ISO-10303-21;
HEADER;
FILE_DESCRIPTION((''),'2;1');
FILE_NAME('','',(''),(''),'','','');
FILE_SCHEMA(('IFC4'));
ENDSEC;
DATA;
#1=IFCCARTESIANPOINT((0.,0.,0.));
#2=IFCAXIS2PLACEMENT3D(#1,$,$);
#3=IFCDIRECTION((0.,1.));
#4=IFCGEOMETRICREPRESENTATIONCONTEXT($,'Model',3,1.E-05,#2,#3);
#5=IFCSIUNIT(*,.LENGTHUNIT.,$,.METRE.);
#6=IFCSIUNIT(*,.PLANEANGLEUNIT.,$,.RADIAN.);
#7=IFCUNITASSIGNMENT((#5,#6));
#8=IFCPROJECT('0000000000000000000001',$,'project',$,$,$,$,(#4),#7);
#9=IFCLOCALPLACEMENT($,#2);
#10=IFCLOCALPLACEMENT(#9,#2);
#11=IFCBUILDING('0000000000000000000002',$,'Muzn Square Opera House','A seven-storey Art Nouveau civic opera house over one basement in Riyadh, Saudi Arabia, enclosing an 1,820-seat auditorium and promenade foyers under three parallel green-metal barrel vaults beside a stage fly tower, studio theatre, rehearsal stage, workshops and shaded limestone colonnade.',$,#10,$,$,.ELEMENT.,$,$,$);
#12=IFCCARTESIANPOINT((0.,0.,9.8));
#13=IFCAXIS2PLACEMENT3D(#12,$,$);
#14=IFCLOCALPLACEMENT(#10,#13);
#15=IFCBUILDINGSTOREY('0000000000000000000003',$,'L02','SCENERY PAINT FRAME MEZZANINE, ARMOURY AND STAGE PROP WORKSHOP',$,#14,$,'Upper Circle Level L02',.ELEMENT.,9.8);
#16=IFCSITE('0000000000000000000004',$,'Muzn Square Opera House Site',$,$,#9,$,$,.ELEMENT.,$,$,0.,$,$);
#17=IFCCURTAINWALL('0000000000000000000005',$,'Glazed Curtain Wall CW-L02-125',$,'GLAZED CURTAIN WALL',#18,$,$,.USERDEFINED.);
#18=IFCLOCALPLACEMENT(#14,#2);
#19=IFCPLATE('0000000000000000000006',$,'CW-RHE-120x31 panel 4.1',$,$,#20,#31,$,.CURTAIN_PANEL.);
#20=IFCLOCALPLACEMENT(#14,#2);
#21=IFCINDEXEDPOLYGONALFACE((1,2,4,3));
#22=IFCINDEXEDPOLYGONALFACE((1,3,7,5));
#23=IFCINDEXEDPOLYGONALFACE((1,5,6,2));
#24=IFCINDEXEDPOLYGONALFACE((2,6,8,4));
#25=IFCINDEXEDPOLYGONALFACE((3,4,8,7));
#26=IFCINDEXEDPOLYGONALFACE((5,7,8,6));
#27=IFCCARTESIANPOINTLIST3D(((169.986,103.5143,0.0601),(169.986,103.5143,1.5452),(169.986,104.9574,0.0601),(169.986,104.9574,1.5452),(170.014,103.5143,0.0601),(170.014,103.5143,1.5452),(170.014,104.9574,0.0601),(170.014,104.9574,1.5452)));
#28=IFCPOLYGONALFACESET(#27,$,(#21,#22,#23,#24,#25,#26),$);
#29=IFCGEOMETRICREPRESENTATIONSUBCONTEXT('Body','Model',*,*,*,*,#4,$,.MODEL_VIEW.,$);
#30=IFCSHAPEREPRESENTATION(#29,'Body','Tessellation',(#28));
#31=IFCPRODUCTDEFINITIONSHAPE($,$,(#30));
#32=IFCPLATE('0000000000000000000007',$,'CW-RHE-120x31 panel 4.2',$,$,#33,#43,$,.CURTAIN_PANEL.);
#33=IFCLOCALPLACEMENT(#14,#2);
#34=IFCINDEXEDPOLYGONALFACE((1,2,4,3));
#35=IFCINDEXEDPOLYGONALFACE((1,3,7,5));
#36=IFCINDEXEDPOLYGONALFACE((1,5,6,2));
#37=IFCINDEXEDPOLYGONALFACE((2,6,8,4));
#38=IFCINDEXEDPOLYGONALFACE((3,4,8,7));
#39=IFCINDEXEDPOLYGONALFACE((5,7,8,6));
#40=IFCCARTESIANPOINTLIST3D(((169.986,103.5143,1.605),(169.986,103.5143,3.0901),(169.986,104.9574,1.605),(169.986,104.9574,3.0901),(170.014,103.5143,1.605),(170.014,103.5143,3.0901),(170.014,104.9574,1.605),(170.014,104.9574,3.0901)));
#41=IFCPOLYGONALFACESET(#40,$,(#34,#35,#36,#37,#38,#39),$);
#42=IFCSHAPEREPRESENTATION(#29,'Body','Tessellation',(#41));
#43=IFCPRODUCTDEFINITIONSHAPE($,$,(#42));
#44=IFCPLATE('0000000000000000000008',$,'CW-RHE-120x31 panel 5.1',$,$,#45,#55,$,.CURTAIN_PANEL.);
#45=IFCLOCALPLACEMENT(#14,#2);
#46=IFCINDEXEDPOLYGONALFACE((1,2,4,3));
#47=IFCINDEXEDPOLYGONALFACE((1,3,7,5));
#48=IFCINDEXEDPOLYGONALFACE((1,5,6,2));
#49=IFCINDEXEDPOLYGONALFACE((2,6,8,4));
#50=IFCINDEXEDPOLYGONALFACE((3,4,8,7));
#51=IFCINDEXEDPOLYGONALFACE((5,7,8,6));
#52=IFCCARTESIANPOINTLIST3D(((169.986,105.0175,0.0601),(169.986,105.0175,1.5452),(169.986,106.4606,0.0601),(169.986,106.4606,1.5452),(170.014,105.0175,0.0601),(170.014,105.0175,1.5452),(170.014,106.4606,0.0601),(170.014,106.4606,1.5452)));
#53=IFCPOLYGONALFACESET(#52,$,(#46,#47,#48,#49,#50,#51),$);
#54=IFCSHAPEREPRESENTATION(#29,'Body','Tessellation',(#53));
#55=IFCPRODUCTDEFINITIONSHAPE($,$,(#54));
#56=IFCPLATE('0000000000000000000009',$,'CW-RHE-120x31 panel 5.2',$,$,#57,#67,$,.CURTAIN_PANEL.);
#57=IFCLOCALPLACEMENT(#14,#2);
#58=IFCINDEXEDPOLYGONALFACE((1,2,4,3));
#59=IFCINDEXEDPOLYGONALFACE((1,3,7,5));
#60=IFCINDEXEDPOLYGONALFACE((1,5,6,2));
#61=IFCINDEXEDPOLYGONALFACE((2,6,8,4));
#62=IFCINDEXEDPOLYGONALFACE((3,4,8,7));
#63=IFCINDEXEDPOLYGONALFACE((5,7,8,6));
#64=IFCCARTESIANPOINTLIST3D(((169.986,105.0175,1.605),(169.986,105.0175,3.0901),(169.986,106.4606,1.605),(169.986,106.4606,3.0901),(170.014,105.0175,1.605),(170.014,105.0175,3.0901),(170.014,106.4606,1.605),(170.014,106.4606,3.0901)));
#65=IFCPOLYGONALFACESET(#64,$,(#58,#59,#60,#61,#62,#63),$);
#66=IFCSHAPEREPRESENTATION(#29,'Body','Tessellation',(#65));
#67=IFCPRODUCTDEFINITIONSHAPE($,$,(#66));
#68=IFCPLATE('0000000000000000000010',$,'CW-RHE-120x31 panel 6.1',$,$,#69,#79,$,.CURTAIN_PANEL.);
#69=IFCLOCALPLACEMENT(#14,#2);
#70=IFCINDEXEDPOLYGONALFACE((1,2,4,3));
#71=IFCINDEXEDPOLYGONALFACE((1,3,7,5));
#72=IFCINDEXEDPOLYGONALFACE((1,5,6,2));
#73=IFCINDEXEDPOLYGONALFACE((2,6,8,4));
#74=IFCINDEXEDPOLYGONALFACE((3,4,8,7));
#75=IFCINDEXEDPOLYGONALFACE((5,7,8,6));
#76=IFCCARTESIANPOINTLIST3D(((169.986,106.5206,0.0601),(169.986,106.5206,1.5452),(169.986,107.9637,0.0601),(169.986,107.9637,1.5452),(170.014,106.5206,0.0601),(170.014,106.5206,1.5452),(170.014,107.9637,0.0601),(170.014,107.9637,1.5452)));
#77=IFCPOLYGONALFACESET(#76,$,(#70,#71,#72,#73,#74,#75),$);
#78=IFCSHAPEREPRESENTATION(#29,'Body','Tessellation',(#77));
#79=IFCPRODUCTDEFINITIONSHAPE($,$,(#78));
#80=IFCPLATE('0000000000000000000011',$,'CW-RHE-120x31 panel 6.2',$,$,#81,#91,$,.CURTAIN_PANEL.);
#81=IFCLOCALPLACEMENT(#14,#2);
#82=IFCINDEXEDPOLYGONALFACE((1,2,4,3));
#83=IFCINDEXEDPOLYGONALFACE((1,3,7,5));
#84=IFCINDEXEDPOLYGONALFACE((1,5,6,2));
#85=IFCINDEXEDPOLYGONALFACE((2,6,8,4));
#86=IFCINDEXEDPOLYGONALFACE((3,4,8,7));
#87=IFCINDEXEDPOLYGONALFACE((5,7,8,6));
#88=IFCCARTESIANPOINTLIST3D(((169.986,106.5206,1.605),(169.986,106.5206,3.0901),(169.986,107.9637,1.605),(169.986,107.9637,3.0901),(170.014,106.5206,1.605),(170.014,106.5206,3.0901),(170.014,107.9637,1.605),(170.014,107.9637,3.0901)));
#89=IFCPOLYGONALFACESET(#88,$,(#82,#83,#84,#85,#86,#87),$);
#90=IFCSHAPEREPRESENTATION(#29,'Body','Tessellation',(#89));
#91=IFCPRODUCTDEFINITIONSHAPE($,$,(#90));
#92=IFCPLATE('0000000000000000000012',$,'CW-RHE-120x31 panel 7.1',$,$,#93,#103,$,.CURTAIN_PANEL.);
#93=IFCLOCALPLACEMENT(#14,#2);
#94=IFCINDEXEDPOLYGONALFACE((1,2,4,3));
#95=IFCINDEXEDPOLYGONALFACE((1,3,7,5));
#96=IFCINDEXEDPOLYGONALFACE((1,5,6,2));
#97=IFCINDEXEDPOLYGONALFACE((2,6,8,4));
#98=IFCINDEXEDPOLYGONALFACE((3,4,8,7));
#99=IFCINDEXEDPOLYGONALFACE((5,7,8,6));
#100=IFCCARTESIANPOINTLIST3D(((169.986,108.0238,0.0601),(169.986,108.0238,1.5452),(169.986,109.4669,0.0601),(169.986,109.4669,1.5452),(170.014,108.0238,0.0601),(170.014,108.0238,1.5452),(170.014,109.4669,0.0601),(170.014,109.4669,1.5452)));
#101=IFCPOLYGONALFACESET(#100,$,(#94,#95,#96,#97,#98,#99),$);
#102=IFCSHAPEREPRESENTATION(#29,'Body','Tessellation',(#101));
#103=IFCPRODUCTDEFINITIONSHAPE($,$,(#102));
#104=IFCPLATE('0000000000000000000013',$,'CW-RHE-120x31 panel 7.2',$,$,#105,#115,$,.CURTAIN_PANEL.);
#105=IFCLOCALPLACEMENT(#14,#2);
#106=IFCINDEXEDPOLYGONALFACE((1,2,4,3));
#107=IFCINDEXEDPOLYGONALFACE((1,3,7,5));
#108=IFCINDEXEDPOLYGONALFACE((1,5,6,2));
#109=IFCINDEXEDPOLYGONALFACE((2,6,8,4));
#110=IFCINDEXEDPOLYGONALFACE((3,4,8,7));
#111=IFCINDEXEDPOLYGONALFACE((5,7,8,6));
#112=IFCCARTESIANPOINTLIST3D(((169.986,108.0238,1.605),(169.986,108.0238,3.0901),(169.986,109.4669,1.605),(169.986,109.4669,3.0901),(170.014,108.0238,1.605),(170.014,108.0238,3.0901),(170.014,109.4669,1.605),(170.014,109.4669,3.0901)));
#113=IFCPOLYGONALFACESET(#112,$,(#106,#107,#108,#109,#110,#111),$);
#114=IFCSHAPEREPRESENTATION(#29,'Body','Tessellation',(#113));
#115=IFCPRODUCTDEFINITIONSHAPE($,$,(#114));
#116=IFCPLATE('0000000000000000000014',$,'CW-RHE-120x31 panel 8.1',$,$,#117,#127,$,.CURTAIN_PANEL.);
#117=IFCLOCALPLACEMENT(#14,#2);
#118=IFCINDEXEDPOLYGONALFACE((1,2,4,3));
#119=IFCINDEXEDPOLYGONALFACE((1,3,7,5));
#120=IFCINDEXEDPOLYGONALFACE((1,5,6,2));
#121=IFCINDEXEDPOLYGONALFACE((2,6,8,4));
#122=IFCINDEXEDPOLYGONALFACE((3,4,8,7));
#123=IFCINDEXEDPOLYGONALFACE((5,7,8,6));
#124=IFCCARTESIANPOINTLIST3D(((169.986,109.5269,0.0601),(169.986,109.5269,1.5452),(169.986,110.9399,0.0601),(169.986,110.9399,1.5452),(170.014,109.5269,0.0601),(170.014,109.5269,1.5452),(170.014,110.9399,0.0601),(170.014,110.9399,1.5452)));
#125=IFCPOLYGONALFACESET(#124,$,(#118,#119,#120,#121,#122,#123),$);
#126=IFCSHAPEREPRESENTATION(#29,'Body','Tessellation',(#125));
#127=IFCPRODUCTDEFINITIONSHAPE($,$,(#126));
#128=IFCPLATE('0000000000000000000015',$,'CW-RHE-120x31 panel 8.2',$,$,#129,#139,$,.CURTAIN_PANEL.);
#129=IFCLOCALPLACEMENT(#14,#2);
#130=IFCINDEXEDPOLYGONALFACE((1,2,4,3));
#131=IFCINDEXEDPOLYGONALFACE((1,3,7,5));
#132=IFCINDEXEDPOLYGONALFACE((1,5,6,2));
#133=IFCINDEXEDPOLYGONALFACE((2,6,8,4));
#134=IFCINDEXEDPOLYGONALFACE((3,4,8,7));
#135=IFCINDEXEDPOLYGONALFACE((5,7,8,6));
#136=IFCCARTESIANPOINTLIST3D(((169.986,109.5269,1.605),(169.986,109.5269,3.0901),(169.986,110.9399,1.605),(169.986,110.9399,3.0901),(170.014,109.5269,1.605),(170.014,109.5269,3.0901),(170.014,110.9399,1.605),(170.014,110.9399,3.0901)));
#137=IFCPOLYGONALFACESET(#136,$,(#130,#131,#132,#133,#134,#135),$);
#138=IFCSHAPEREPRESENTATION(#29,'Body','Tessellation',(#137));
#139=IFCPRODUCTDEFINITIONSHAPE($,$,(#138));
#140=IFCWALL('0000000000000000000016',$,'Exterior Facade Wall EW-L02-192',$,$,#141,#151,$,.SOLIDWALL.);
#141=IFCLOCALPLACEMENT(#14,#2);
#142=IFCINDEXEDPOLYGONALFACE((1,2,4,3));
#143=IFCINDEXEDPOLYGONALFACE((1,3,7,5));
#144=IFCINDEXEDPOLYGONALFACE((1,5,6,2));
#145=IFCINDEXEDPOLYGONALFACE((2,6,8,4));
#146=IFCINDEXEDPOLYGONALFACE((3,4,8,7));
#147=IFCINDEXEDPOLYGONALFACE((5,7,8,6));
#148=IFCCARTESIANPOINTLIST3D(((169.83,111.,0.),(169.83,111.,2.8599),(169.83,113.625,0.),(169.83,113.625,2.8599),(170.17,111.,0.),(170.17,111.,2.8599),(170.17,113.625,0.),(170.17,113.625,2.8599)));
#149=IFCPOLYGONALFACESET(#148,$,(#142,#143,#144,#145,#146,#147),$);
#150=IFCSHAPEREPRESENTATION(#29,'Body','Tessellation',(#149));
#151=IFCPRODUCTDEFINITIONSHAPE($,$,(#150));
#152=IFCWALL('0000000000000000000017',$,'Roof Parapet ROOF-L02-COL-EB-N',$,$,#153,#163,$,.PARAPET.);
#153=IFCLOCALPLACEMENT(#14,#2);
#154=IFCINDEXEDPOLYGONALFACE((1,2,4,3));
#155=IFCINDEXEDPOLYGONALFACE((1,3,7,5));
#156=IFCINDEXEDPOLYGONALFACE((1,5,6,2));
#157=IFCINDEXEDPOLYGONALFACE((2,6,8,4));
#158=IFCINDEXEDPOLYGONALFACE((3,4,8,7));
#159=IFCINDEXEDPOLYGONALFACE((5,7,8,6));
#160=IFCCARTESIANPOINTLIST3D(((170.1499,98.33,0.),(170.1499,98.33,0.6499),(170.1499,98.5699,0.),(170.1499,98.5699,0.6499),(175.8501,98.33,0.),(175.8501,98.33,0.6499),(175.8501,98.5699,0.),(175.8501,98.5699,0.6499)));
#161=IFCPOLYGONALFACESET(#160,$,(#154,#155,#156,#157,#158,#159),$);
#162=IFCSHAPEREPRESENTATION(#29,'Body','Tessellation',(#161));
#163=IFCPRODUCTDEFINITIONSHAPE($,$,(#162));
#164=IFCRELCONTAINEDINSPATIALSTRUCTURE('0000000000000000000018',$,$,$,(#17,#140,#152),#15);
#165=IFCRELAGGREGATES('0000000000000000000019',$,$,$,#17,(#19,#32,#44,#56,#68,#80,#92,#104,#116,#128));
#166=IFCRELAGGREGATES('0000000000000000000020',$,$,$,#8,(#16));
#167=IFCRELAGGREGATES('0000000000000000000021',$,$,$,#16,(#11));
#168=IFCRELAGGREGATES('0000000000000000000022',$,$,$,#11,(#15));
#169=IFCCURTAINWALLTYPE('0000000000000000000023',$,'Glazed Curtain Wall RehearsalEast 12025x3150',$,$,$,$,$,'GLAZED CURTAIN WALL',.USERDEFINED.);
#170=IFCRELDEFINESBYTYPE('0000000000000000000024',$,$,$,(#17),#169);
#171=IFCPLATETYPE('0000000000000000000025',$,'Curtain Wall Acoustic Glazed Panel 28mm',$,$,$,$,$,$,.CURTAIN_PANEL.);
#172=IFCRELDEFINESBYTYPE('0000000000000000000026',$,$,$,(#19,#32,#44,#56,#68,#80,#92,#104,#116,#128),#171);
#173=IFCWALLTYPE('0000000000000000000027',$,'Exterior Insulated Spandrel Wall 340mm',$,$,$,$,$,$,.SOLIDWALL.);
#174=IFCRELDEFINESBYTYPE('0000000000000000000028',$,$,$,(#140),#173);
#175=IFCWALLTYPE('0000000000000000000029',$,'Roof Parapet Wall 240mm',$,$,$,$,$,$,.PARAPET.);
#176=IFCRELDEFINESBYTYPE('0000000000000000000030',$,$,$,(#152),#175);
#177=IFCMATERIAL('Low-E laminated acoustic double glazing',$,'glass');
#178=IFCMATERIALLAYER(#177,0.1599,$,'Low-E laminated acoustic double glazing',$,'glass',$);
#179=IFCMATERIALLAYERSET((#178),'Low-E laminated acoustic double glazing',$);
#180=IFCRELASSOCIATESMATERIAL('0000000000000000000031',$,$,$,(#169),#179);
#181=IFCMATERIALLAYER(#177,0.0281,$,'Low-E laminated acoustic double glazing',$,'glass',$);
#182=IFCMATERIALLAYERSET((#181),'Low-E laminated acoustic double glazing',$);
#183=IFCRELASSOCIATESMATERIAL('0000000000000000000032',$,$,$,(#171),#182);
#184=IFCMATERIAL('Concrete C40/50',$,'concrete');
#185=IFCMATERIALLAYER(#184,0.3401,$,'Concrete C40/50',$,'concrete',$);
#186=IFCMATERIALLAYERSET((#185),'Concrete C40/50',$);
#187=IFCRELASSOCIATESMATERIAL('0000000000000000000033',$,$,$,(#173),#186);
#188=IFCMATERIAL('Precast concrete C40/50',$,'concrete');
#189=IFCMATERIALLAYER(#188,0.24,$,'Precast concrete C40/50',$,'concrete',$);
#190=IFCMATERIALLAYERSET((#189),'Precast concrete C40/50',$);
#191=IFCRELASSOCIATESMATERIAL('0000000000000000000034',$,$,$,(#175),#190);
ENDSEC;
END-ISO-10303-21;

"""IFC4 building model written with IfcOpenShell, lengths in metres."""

from ifc_helpers import new_model, si_unit, direction, frame, frame_2d, origin, origin_2d, place, context, subcontext, project, spatial, rectangle, extrude, material, layer, layer_set, type_object, element, aggregate, save


model = new_model("IFC4")

# Units and contexts
model_context = context("Model", 3, precision=1e-05, world=origin(), true_north=direction((0.0, 1.0)))
body_context = subcontext(model_context, "Body", "Model", "MODEL_VIEW")
ifc_project = project(units=[si_unit("LENGTHUNIT", "METRE"), si_unit("PLANEANGLEUNIT", "RADIAN")], contexts=[model_context])

# Site, building, storey
site_placement = place(None, origin())
site = spatial("IfcSite", under=ifc_project, at=site_placement, Name="Muzn Square Opera House Site", CompositionType="ELEMENT", RefElevation=0.0)
building_placement = place(site_placement, origin())
building = spatial("IfcBuilding", under=site, at=building_placement, Name="Muzn Square Opera House", Description="A seven-storey Art Nouveau civic opera house over one basement in Riyadh, Saudi Arabia, enclosing an 1,820-seat auditorium and promenade foyers under three parallel green-metal barrel vaults beside a stage fly tower, studio theatre, rehearsal stage, workshops and shaded limestone colonnade.", CompositionType="ELEMENT")
storey_placement = place(building_placement, frame((0.0, 0.0, 9.8)))
storey = spatial("IfcBuildingStorey", under=building, at=storey_placement, Name="L02", Description="SCENERY PAINT FRAME MEZZANINE, ARMOURY AND STAGE PROP WORKSHOP", LongName="Upper Circle Level L02", CompositionType="ELEMENT", Elevation=9.8)

# Curtain wall, plates
ifc_material_1 = material(Name="Low-E laminated acoustic double glazing", Category="glass")
ifc_layer_1 = layer(ifc_material_1, 0.1599, Name="Low-E laminated acoustic double glazing", Category="glass")
ifc_layer_set_1 = layer_set([ifc_layer_1], Name="Low-E laminated acoustic double glazing")
curtain_wall_type = type_object("IfcCurtainWallType", Name="Glazed Curtain Wall RehearsalEast 12025x3150", ElementType="GLAZED CURTAIN WALL", PredefinedType="USERDEFINED", material=ifc_layer_set_1)
curtain_wall_placement = place(storey_placement, origin())
curtain_wall = element("IfcCurtainWall", 1, at=curtain_wall_placement, inside=storey, type_object=curtain_wall_type, Name="Glazed Curtain Wall CW-L02-125", ObjectType="GLAZED CURTAIN WALL", PredefinedType="USERDEFINED")
ifc_layer_2 = layer(ifc_material_1, 0.0281, Name="Low-E laminated acoustic double glazing", Category="glass")
ifc_layer_set_2 = layer_set([ifc_layer_2], Name="Low-E laminated acoustic double glazing")
plate_type = type_object("IfcPlateType", Name="Curtain Wall Acoustic Glazed Panel 28mm", PredefinedType="CURTAIN_PANEL", material=ifc_layer_set_2)
plate_1_placement = place(storey_placement, frame((170.0, 104.2358, 0.0601), z_axis=(0.0, 0.0, 1.0), x_axis=(0.0, 1.0, 0.0)))
plate_1 = element("IfcPlate", 2, at=plate_1_placement, type_object=plate_type, Name="CW-RHE-120x31 panel 4.1", PredefinedType="CURTAIN_PANEL", context=body_context, shape_type="SweptSolid", body=[
    extrude(rectangle(XDim=1.4431, YDim=0.0281, at=origin_2d()), origin(), (0.0, 0.0, 1.0), 1.4851),
])
plate_2_placement = place(storey_placement, frame((170.0, 104.2358, 1.605), z_axis=(0.0, 0.0, 1.0), x_axis=(0.0, 1.0, 0.0)))
plate_2 = element("IfcPlate", 3, at=plate_2_placement, type_object=plate_type, Name="CW-RHE-120x31 panel 4.2", PredefinedType="CURTAIN_PANEL", context=body_context, shape_type="SweptSolid", body=[
    extrude(rectangle(XDim=1.4431, YDim=0.0281, at=origin_2d()), origin(), (0.0, 0.0, 1.0), 1.4851),
])
plate_3_placement = place(storey_placement, frame((170.0, 105.739, 0.0601), z_axis=(0.0, 0.0, 1.0), x_axis=(0.0, 1.0, 0.0)))
plate_3 = element("IfcPlate", 4, at=plate_3_placement, type_object=plate_type, Name="CW-RHE-120x31 panel 5.1", PredefinedType="CURTAIN_PANEL", context=body_context, shape_type="SweptSolid", body=[
    extrude(rectangle(XDim=1.4431, YDim=0.0281, at=origin_2d()), origin(), (0.0, 0.0, 1.0), 1.4851),
])
plate_4_placement = place(storey_placement, frame((170.0, 105.739, 1.605), z_axis=(0.0, 0.0, 1.0), x_axis=(0.0, 1.0, 0.0)))
plate_4 = element("IfcPlate", 5, at=plate_4_placement, type_object=plate_type, Name="CW-RHE-120x31 panel 5.2", PredefinedType="CURTAIN_PANEL", context=body_context, shape_type="SweptSolid", body=[
    extrude(rectangle(XDim=1.4431, YDim=0.0281, at=origin_2d()), origin(), (0.0, 0.0, 1.0), 1.4851),
])
plate_5_placement = place(storey_placement, frame((170.0, 107.2422, 0.0601), z_axis=(0.0, 0.0, 1.0), x_axis=(0.0, 1.0, 0.0)))
plate_5 = element("IfcPlate", 6, at=plate_5_placement, type_object=plate_type, Name="CW-RHE-120x31 panel 6.1", PredefinedType="CURTAIN_PANEL", context=body_context, shape_type="SweptSolid", body=[
    extrude(rectangle(XDim=1.4431, YDim=0.0281, at=origin_2d()), origin(), (0.0, 0.0, 1.0), 1.4851),
])
plate_6_placement = place(storey_placement, frame((170.0, 107.2422, 1.605), z_axis=(0.0, 0.0, 1.0), x_axis=(0.0, 1.0, 0.0)))
plate_6 = element("IfcPlate", 7, at=plate_6_placement, type_object=plate_type, Name="CW-RHE-120x31 panel 6.2", PredefinedType="CURTAIN_PANEL", context=body_context, shape_type="SweptSolid", body=[
    extrude(rectangle(XDim=1.4431, YDim=0.0281, at=origin_2d()), origin(), (0.0, 0.0, 1.0), 1.4851),
])
plate_7_placement = place(storey_placement, frame((170.0, 108.7454, 0.0601), z_axis=(0.0, 0.0, 1.0), x_axis=(0.0, 1.0, 0.0)))
plate_7 = element("IfcPlate", 8, at=plate_7_placement, type_object=plate_type, Name="CW-RHE-120x31 panel 7.1", PredefinedType="CURTAIN_PANEL", context=body_context, shape_type="SweptSolid", body=[
    extrude(rectangle(XDim=1.4431, YDim=0.0281, at=origin_2d()), origin(), (0.0, 0.0, 1.0), 1.4851),
])
plate_8_placement = place(storey_placement, frame((170.0, 108.7454, 1.605), z_axis=(0.0, 0.0, 1.0), x_axis=(0.0, 1.0, 0.0)))
plate_8 = element("IfcPlate", 9, at=plate_8_placement, type_object=plate_type, Name="CW-RHE-120x31 panel 7.2", PredefinedType="CURTAIN_PANEL", context=body_context, shape_type="SweptSolid", body=[
    extrude(rectangle(XDim=1.4431, YDim=0.0281, at=origin_2d()), origin(), (0.0, 0.0, 1.0), 1.4851),
])
plate_9_placement = place(storey_placement, frame((170.0, 110.2334, 0.0601), z_axis=(0.0, 0.0, 1.0), x_axis=(0.0, 1.0, 0.0)))
plate_9 = element("IfcPlate", 10, at=plate_9_placement, type_object=plate_type, Name="CW-RHE-120x31 panel 8.1", PredefinedType="CURTAIN_PANEL", context=body_context, shape_type="SweptSolid", body=[
    extrude(rectangle(XDim=1.4131, YDim=0.0281, at=origin_2d()), origin(), (0.0, 0.0, 1.0), 1.4851),
])
plate_10_placement = place(storey_placement, frame((170.0, 110.2334, 1.605), z_axis=(0.0, 0.0, 1.0), x_axis=(0.0, 1.0, 0.0)))
plate_10 = element("IfcPlate", 11, at=plate_10_placement, type_object=plate_type, Name="CW-RHE-120x31 panel 8.2", PredefinedType="CURTAIN_PANEL", context=body_context, shape_type="SweptSolid", body=[
    extrude(rectangle(XDim=1.4131, YDim=0.0281, at=origin_2d()), origin(), (0.0, 0.0, 1.0), 1.4851),
])
aggregate(curtain_wall, [plate_1, plate_2, plate_3, plate_4, plate_5, plate_6, plate_7, plate_8, plate_9, plate_10])

# Walls
ifc_material_2 = material(Name="Concrete C40/50", Category="concrete")
ifc_layer_3 = layer(ifc_material_2, 0.3401, Name="Concrete C40/50", Category="concrete")
ifc_layer_set_3 = layer_set([ifc_layer_3], Name="Concrete C40/50")
wall_type_1 = type_object("IfcWallType", Name="Exterior Insulated Spandrel Wall 340mm", PredefinedType="SOLIDWALL", material=ifc_layer_set_3)
wall_1_placement = place(storey_placement, frame((170.0, 111.0, 0.0), z_axis=(0.0, 0.0, 1.0), x_axis=(0.0, 1.0, 0.0)))
element("IfcWall", 12, at=wall_1_placement, inside=storey, type_object=wall_type_1, Name="Exterior Facade Wall EW-L02-192", PredefinedType="SOLIDWALL", context=body_context, shape_type="SweptSolid", body=[
    extrude(rectangle(XDim=2.625, YDim=0.3401, at=frame_2d((1.3125, 0.0))), origin(), (0.0, 0.0, 1.0), 2.8599),
])
ifc_material_3 = material(Name="Precast concrete C40/50", Category="concrete")
ifc_layer_4 = layer(ifc_material_3, 0.24, Name="Precast concrete C40/50", Category="concrete")
ifc_layer_set_4 = layer_set([ifc_layer_4], Name="Precast concrete C40/50")
wall_type_2 = type_object("IfcWallType", Name="Roof Parapet Wall 240mm", PredefinedType="PARAPET", material=ifc_layer_set_4)
wall_2_placement = place(storey_placement, frame((170.1499, 98.45, 0.0), z_axis=(0.0, 0.0, 1.0), x_axis=(1.0, 0.0, 0.0)))
element("IfcWall", 13, at=wall_2_placement, inside=storey, type_object=wall_type_2, Name="Roof Parapet ROOF-L02-COL-EB-N", PredefinedType="PARAPET", context=body_context, shape_type="SweptSolid", body=[
    extrude(rectangle(XDim=5.7002, YDim=0.24, at=frame_2d((2.8501, 0.0))), origin(), (0.0, 0.0, 1.0), 0.6499),
])

save(model, "model.ifc")
